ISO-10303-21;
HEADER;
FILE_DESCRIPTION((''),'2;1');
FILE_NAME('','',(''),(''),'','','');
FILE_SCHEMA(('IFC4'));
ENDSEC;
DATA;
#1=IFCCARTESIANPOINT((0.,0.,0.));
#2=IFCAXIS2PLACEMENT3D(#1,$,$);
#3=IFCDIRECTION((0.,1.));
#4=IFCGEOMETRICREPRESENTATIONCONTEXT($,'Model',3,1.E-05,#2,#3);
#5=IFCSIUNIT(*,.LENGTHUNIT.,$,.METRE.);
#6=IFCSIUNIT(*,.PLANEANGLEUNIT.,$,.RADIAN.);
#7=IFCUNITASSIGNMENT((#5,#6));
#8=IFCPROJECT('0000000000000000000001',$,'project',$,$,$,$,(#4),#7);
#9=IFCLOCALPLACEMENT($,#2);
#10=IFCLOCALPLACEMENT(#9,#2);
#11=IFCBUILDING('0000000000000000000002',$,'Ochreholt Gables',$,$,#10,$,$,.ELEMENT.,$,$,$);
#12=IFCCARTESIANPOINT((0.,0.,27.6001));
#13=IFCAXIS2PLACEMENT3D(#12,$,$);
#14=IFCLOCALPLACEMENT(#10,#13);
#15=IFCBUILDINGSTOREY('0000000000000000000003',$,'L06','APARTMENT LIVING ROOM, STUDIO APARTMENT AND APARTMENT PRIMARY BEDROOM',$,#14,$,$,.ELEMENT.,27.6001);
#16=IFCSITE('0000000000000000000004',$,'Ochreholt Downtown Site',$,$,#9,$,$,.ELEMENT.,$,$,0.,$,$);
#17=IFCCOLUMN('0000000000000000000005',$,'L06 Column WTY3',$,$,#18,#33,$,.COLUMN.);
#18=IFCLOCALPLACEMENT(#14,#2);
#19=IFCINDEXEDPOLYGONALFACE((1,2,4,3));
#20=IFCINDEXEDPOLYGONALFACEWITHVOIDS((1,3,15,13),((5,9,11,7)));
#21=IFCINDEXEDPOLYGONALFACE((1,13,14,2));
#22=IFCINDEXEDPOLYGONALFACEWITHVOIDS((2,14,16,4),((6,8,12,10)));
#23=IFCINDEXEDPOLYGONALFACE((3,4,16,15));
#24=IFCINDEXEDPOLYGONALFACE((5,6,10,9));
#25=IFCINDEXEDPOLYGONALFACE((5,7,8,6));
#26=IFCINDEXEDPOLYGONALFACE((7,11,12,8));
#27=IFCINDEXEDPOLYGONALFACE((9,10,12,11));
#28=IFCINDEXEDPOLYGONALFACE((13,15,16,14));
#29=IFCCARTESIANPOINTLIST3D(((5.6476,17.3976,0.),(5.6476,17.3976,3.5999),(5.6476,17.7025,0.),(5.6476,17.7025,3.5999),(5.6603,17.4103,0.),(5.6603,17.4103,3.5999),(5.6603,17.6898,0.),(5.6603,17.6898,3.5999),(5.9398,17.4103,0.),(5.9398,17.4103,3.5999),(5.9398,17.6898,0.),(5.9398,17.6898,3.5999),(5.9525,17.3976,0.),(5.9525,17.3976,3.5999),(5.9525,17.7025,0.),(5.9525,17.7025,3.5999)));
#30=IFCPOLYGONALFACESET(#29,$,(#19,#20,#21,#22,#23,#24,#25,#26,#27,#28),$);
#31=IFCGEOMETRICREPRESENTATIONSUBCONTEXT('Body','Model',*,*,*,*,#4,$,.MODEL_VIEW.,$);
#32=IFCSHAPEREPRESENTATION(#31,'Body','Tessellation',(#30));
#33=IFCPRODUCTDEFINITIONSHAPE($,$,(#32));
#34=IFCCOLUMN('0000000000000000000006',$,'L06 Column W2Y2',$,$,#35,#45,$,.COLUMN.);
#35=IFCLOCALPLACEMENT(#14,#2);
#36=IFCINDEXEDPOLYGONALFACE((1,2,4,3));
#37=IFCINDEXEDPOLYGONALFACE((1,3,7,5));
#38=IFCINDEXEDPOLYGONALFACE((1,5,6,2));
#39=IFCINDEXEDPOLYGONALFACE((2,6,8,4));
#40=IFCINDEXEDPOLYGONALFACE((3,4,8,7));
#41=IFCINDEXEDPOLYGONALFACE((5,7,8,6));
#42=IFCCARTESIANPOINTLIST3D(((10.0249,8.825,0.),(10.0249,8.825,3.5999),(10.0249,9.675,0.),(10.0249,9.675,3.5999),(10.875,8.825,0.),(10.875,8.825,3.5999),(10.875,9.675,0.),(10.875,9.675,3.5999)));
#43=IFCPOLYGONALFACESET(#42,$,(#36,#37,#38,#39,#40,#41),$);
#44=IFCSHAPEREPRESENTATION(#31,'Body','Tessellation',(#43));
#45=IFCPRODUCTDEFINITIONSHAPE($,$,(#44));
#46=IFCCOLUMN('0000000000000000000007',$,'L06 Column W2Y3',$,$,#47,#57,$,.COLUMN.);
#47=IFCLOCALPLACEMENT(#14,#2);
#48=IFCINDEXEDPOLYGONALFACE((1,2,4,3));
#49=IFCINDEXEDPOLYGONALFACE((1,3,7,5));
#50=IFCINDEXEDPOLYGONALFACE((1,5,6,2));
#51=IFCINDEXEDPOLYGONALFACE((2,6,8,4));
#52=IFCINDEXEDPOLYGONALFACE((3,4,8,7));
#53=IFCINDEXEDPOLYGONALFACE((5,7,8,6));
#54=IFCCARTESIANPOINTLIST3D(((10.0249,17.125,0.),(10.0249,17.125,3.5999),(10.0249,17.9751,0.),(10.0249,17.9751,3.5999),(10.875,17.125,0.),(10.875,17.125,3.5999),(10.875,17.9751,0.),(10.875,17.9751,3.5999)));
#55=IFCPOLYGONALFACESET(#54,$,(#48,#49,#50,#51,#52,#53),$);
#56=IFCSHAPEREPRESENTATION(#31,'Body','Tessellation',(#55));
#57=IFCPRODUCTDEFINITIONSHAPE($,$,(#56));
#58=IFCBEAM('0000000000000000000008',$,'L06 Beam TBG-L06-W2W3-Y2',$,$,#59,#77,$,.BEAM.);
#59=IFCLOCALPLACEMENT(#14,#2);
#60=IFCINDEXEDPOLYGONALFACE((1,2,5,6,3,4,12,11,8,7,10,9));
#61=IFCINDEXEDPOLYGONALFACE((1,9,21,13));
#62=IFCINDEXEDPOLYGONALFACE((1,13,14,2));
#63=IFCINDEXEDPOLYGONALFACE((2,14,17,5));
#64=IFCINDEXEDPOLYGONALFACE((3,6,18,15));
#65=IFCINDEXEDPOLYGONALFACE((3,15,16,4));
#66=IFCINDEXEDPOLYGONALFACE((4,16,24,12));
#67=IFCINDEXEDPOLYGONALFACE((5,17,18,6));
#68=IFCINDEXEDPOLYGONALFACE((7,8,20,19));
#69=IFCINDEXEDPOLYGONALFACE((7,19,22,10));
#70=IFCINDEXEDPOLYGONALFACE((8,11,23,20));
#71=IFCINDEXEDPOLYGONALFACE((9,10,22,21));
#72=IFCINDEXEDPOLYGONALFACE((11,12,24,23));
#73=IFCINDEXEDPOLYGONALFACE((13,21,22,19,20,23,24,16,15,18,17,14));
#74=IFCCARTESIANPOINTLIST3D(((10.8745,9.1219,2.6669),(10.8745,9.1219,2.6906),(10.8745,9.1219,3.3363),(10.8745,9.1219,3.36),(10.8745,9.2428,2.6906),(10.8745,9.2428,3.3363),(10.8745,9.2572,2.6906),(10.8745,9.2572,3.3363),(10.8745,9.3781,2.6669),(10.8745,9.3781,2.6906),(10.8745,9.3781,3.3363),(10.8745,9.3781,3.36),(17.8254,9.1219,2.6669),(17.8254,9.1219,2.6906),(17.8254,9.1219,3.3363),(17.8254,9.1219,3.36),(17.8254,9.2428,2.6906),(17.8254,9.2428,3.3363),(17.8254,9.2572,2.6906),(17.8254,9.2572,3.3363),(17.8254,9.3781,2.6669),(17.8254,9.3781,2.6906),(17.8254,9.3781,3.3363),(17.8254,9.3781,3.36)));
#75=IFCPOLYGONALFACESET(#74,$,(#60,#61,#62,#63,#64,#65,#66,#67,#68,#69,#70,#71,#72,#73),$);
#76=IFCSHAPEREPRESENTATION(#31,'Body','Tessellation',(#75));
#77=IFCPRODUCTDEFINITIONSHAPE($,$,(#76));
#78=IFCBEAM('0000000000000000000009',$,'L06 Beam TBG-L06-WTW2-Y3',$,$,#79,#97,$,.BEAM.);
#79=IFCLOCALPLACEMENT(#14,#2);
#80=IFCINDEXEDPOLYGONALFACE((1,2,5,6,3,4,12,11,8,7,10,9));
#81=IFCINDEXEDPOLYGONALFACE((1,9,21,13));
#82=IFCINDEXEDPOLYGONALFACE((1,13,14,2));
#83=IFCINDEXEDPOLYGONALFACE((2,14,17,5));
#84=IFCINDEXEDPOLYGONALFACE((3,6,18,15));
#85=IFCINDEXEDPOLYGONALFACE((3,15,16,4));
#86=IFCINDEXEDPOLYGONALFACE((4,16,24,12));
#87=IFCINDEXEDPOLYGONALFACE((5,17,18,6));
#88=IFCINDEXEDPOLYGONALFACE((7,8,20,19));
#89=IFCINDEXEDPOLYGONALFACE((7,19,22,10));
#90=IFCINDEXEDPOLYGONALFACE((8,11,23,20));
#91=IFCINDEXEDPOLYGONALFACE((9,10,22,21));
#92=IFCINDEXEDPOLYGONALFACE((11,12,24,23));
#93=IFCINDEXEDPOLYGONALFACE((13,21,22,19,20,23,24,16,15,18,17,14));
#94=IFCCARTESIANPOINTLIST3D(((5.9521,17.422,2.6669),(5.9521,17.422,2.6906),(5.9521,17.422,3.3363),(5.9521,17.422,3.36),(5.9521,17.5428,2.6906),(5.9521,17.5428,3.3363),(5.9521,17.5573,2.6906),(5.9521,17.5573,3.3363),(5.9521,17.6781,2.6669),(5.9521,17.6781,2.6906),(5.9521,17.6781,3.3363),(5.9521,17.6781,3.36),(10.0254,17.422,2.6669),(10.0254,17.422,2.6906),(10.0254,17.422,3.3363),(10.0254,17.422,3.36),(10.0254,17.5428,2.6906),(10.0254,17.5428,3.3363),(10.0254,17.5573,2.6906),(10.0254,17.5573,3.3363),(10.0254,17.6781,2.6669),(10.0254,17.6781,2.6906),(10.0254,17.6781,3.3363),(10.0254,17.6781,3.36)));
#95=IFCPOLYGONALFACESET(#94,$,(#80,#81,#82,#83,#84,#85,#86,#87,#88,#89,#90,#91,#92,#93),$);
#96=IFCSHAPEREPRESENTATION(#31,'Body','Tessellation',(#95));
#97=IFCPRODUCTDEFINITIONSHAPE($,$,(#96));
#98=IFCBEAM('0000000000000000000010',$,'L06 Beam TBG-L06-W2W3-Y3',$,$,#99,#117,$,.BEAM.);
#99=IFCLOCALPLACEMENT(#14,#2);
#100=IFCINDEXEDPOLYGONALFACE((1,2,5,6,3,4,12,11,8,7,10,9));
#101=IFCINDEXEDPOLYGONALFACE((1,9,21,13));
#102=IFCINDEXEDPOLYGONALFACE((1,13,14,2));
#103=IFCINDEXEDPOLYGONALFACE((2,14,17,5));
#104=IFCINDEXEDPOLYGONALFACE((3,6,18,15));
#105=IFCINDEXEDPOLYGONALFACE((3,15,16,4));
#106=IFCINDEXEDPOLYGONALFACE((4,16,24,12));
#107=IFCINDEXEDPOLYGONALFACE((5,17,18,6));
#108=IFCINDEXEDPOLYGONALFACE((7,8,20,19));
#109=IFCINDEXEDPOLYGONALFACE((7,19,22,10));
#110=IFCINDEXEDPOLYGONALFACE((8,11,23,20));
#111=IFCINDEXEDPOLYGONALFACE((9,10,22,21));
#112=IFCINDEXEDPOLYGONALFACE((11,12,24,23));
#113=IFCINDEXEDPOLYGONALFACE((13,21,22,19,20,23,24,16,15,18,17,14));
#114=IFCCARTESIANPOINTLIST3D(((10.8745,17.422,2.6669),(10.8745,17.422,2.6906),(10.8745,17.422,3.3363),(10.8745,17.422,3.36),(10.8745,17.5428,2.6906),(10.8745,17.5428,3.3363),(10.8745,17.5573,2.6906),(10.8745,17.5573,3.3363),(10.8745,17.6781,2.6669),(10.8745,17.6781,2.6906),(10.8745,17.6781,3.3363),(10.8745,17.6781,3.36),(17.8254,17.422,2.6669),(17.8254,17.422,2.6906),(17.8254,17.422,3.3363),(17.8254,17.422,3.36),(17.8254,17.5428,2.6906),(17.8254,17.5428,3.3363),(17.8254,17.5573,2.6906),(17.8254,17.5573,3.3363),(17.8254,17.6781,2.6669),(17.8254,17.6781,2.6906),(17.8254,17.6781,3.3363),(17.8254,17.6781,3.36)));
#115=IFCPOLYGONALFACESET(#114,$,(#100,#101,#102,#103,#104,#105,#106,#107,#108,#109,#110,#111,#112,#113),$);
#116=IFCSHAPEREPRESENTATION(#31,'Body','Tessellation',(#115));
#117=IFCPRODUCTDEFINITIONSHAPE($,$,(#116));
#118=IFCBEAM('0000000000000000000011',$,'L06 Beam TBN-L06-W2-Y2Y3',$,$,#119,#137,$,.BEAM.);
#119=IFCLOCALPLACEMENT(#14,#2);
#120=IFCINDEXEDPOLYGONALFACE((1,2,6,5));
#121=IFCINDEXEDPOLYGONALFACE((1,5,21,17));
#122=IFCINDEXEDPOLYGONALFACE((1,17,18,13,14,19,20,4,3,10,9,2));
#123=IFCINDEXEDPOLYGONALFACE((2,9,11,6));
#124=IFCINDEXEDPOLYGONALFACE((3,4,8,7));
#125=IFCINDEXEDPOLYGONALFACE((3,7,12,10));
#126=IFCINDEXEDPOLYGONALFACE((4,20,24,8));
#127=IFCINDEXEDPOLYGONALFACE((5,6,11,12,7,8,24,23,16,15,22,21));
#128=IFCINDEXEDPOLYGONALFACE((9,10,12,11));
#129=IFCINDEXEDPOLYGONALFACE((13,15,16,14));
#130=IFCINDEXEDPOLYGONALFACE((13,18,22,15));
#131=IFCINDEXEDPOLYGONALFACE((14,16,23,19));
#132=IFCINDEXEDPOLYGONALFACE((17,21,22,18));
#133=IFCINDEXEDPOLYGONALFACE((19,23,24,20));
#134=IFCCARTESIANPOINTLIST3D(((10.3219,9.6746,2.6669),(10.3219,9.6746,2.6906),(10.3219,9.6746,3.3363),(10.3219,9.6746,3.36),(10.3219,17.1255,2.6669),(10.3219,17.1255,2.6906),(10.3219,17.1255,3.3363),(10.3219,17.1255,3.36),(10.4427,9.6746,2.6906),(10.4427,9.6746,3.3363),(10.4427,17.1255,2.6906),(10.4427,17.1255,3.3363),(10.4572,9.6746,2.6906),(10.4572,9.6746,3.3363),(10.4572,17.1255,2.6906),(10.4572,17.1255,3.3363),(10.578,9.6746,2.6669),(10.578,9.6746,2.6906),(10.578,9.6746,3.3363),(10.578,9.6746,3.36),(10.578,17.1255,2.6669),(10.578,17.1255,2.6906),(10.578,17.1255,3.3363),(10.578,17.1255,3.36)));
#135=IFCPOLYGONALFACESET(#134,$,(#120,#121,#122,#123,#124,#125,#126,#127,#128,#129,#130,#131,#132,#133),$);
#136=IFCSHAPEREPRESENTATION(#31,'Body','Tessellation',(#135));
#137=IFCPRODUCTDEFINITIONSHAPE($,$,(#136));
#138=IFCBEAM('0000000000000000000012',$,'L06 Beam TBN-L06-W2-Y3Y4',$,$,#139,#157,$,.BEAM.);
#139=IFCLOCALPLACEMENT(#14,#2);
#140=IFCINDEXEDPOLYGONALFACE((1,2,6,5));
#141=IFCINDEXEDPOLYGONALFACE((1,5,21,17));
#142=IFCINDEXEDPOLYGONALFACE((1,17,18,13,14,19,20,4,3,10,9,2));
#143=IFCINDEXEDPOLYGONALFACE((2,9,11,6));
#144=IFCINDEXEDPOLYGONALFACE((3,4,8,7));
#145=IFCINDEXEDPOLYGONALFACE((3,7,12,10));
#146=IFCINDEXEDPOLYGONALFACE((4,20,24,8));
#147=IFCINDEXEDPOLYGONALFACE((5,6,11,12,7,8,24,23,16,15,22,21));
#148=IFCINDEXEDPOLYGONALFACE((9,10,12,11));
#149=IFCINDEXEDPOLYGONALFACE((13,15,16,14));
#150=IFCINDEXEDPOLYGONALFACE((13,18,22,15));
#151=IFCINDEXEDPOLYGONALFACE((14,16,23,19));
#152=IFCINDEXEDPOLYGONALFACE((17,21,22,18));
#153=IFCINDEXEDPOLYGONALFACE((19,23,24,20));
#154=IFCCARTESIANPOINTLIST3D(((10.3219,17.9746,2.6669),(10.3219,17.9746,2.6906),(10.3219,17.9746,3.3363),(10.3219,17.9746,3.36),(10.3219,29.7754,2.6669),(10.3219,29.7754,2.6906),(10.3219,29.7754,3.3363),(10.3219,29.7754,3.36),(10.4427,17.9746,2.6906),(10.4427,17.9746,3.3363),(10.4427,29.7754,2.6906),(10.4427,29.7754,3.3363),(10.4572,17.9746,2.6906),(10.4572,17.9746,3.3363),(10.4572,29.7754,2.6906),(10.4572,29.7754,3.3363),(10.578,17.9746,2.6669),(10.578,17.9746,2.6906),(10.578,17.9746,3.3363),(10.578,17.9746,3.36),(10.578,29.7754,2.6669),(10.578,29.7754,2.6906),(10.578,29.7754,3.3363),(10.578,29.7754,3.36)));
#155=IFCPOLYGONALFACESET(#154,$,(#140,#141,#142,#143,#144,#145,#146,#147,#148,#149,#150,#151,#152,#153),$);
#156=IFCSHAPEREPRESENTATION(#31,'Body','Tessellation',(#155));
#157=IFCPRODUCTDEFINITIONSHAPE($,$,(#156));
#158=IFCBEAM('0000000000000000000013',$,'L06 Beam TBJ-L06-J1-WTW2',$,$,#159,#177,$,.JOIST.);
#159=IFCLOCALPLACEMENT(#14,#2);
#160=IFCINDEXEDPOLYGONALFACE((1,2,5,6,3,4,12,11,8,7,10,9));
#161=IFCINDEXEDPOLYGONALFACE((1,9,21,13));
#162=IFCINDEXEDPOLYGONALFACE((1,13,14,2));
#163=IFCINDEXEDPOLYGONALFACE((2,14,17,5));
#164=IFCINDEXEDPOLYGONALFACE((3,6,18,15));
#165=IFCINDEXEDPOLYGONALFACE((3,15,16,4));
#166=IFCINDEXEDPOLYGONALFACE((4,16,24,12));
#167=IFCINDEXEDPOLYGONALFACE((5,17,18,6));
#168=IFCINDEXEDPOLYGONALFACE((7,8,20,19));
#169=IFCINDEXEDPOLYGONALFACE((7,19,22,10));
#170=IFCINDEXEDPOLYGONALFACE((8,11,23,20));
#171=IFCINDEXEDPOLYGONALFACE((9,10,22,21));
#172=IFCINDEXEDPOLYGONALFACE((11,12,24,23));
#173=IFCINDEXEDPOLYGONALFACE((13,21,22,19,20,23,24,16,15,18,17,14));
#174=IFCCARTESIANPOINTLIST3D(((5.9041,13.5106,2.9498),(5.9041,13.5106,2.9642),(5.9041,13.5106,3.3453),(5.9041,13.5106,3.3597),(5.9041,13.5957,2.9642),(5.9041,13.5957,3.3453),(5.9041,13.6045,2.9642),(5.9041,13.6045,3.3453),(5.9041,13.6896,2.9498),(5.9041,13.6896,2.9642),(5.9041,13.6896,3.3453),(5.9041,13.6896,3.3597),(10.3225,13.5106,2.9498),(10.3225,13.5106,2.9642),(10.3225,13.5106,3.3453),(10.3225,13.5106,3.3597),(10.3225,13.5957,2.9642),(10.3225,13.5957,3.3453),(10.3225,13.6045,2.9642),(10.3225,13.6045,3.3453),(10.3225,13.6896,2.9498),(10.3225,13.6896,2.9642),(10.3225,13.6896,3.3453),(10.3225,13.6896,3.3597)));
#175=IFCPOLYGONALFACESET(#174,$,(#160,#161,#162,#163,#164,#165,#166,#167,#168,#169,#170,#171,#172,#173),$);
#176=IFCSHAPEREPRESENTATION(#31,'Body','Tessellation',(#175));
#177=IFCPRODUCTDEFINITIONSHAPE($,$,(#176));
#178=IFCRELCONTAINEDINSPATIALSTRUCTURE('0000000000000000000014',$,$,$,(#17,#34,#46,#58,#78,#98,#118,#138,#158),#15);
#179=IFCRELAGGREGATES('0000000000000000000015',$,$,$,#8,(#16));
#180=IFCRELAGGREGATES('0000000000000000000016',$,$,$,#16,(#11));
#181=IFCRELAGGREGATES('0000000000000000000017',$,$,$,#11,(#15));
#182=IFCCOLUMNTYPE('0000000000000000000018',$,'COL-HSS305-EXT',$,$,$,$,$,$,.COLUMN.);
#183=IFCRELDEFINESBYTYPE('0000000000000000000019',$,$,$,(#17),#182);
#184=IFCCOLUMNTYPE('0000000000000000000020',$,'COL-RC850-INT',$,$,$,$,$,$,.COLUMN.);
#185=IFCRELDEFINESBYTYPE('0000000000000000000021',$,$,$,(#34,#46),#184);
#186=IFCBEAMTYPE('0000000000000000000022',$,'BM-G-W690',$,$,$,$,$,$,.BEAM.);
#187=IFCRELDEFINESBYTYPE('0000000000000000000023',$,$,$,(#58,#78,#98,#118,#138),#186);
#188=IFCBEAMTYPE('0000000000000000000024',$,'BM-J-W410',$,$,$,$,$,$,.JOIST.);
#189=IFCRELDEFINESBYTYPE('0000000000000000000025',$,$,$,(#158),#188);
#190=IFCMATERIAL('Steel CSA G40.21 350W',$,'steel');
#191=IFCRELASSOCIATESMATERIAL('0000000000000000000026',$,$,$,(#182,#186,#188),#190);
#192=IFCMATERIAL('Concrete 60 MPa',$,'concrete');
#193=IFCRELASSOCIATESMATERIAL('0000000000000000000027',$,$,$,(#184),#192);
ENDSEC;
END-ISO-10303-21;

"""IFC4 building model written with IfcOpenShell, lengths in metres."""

from ifc_helpers import new_model, si_unit, direction, frame, origin, origin_2d, place, context, subcontext, project, spatial, rectangle, hollow_rectangle, i_section, extrude, material, material_profile, profile_set, type_object, element, save


model = new_model("IFC4")

# Units and contexts
model_context = context("Model", 3, precision=1e-05, world=origin(), true_north=direction((0.0, 1.0)))
body_context = subcontext(model_context, "Body", "Model", "MODEL_VIEW")
ifc_project = project(units=[si_unit("LENGTHUNIT", "METRE"), si_unit("PLANEANGLEUNIT", "RADIAN")], contexts=[model_context])

# Site, building, storey
site_placement = place(None, origin())
site = spatial("IfcSite", under=ifc_project, at=site_placement, Name="Ochreholt Downtown Site", CompositionType="ELEMENT", RefElevation=0.0)
building_placement = place(site_placement, origin())
building = spatial("IfcBuilding", under=site, at=building_placement, Name="Ochreholt Gables", CompositionType="ELEMENT")
storey_placement = place(building_placement, frame((0.0, 0.0, 27.6001)))
storey = spatial("IfcBuildingStorey", under=building, at=storey_placement, Name="L06", Description="APARTMENT LIVING ROOM, STUDIO APARTMENT AND APARTMENT PRIMARY BEDROOM", CompositionType="ELEMENT", Elevation=27.6001)

# Columns
ifc_material_1 = material(Name="Steel CSA G40.21 350W", Category="steel")
ifc_material_profile_1 = material_profile(ifc_material_1, hollow_rectangle(XDim=0.3049, YDim=0.3049, WallThickness=0.0127, at=origin_2d()), Name="HSS305X305X13")
ifc_profile_set_1 = profile_set([ifc_material_profile_1], Name="Steel CSA G40.21 350W")
column_type_1 = type_object("IfcColumnType", Name="COL-HSS305-EXT", PredefinedType="COLUMN", material=ifc_profile_set_1)
column_placement = place(storey_placement, frame((5.8, 17.55, 0.0), z_axis=(0.0, 0.0, 1.0), x_axis=(1.0, 0.0, 0.0)))
element("IfcColumn", 1, at=column_placement, inside=storey, type_object=column_type_1, Name="L06 Column WTY3", PredefinedType="COLUMN", context=body_context, shape_type="SweptSolid", body=[
    extrude(hollow_rectangle(XDim=0.3049, YDim=0.3049, WallThickness=0.0127, at=origin_2d()), origin(), (0.0, 0.0, 1.0), 3.5999),
])
ifc_material_2 = material(Name="Concrete 60 MPa", Category="concrete")
ifc_material_profile_2 = material_profile(ifc_material_2, rectangle(XDim=0.8501, YDim=0.8501, at=origin_2d()), Name="RC850X850")
ifc_profile_set_2 = profile_set([ifc_material_profile_2], Name="Concrete 60 MPa")
column_type_2 = type_object("IfcColumnType", Name="COL-RC850-INT", PredefinedType="COLUMN", material=ifc_profile_set_2)
for number, where, z_axis, x_axis, name in (
    (2, (10.45, 9.25, 0.0), (0.0, 0.0, 1.0), (1.0, 0.0, 0.0), "L06 Column W2Y2"),
    (3, (10.45, 17.55, 0.0), (0.0, 0.0, 1.0), (1.0, 0.0, 0.0), "L06 Column W2Y3"),
):
    element("IfcColumn", number, at=place(storey_placement, frame(where, z_axis=z_axis, x_axis=x_axis)), inside=storey, type_object=column_type_2, Name=name, PredefinedType="COLUMN", context=body_context, shape_type="SweptSolid", body=[
        extrude(rectangle(XDim=0.8501, YDim=0.8501, at=origin_2d()), origin(), (0.0, 0.0, 1.0), 3.5999),
    ])

# Beams
ifc_material_profile_3 = material_profile(ifc_material_1, i_section(OverallWidth=0.2561, OverallDepth=0.6931, WebThickness=0.0144, FlangeThickness=0.0237, at=origin_2d()), Name="W690X170")
ifc_profile_set_3 = profile_set([ifc_material_profile_3], Name="Steel CSA G40.21 350W")
beam_type_1 = type_object("IfcBeamType", Name="BM-G-W690", PredefinedType="BEAM", material=ifc_profile_set_3)
beam_1_placement = place(storey_placement, frame((10.8745, 9.25, 3.0134), z_axis=(1.0, 0.0, 0.0), x_axis=(0.0, 1.0, 0.0)))
element("IfcBeam", 4, at=beam_1_placement, inside=storey, type_object=beam_type_1, Name="L06 Beam TBG-L06-W2W3-Y2", PredefinedType="BEAM", context=body_context, shape_type="SweptSolid", body=[
    extrude(i_section(OverallWidth=0.2561, OverallDepth=0.6931, WebThickness=0.0144, FlangeThickness=0.0237, at=origin_2d()), origin(), (0.0, 0.0, 1.0), 6.9509),
])
beam_2_placement = place(storey_placement, frame((5.9521, 17.55, 3.0134), z_axis=(1.0, 0.0, 0.0), x_axis=(0.0, 1.0, 0.0)))
element("IfcBeam", 5, at=beam_2_placement, inside=storey, type_object=beam_type_1, Name="L06 Beam TBG-L06-WTW2-Y3", PredefinedType="BEAM", context=body_context, shape_type="SweptSolid", body=[
    extrude(i_section(OverallWidth=0.2561, OverallDepth=0.6931, WebThickness=0.0144, FlangeThickness=0.0237, at=origin_2d()), origin(), (0.0, 0.0, 1.0), 4.0732),
])
beam_3_placement = place(storey_placement, frame((10.8745, 17.55, 3.0134), z_axis=(1.0, 0.0, 0.0), x_axis=(0.0, 1.0, 0.0)))
element("IfcBeam", 6, at=beam_3_placement, inside=storey, type_object=beam_type_1, Name="L06 Beam TBG-L06-W2W3-Y3", PredefinedType="BEAM", context=body_context, shape_type="SweptSolid", body=[
    extrude(i_section(OverallWidth=0.2561, OverallDepth=0.6931, WebThickness=0.0144, FlangeThickness=0.0237, at=origin_2d()), origin(), (0.0, 0.0, 1.0), 6.9509),
])
beam_4_placement = place(storey_placement, frame((10.45, 9.6746, 3.0134), z_axis=(0.0, 1.0, 0.0), x_axis=(-1.0, 0.0, 0.0)))
element("IfcBeam", 7, at=beam_4_placement, inside=storey, type_object=beam_type_1, Name="L06 Beam TBN-L06-W2-Y2Y3", PredefinedType="BEAM", context=body_context, shape_type="SweptSolid", body=[
    extrude(i_section(OverallWidth=0.2561, OverallDepth=0.6931, WebThickness=0.0144, FlangeThickness=0.0237, at=origin_2d()), origin(), (0.0, 0.0, 1.0), 7.4509),
])
beam_5_placement = place(storey_placement, frame((10.45, 17.9746, 3.0134), z_axis=(0.0, 1.0, 0.0), x_axis=(-1.0, 0.0, 0.0)))
element("IfcBeam", 8, at=beam_5_placement, inside=storey, type_object=beam_type_1, Name="L06 Beam TBN-L06-W2-Y3Y4", PredefinedType="BEAM", context=body_context, shape_type="SweptSolid", body=[
    extrude(i_section(OverallWidth=0.2561, OverallDepth=0.6931, WebThickness=0.0144, FlangeThickness=0.0237, at=origin_2d()), origin(), (0.0, 0.0, 1.0), 11.8008),
])
ifc_material_profile_4 = material_profile(ifc_material_1, i_section(OverallWidth=0.179, OverallDepth=0.4099, WebThickness=0.0088, FlangeThickness=0.0144, at=origin_2d()), Name="W410X67")
ifc_profile_set_4 = profile_set([ifc_material_profile_4], Name="Steel CSA G40.21 350W")
beam_type_2 = type_object("IfcBeamType", Name="BM-J-W410", PredefinedType="JOIST", material=ifc_profile_set_4)
beam_6_placement = place(storey_placement, frame((5.9041, 13.6001, 3.1548), z_axis=(1.0, 0.0, 0.0), x_axis=(0.0, 1.0, 0.0)))
element("IfcBeam", 9, at=beam_6_placement, inside=storey, type_object=beam_type_2, Name="L06 Beam TBJ-L06-J1-WTW2", PredefinedType="JOIST", context=body_context, shape_type="SweptSolid", body=[
    extrude(i_section(OverallWidth=0.179, OverallDepth=0.4099, WebThickness=0.0088, FlangeThickness=0.0144, at=origin_2d()), origin(), (0.0, 0.0, 1.0), 4.4185),
])

save(model, "model.ifc")
